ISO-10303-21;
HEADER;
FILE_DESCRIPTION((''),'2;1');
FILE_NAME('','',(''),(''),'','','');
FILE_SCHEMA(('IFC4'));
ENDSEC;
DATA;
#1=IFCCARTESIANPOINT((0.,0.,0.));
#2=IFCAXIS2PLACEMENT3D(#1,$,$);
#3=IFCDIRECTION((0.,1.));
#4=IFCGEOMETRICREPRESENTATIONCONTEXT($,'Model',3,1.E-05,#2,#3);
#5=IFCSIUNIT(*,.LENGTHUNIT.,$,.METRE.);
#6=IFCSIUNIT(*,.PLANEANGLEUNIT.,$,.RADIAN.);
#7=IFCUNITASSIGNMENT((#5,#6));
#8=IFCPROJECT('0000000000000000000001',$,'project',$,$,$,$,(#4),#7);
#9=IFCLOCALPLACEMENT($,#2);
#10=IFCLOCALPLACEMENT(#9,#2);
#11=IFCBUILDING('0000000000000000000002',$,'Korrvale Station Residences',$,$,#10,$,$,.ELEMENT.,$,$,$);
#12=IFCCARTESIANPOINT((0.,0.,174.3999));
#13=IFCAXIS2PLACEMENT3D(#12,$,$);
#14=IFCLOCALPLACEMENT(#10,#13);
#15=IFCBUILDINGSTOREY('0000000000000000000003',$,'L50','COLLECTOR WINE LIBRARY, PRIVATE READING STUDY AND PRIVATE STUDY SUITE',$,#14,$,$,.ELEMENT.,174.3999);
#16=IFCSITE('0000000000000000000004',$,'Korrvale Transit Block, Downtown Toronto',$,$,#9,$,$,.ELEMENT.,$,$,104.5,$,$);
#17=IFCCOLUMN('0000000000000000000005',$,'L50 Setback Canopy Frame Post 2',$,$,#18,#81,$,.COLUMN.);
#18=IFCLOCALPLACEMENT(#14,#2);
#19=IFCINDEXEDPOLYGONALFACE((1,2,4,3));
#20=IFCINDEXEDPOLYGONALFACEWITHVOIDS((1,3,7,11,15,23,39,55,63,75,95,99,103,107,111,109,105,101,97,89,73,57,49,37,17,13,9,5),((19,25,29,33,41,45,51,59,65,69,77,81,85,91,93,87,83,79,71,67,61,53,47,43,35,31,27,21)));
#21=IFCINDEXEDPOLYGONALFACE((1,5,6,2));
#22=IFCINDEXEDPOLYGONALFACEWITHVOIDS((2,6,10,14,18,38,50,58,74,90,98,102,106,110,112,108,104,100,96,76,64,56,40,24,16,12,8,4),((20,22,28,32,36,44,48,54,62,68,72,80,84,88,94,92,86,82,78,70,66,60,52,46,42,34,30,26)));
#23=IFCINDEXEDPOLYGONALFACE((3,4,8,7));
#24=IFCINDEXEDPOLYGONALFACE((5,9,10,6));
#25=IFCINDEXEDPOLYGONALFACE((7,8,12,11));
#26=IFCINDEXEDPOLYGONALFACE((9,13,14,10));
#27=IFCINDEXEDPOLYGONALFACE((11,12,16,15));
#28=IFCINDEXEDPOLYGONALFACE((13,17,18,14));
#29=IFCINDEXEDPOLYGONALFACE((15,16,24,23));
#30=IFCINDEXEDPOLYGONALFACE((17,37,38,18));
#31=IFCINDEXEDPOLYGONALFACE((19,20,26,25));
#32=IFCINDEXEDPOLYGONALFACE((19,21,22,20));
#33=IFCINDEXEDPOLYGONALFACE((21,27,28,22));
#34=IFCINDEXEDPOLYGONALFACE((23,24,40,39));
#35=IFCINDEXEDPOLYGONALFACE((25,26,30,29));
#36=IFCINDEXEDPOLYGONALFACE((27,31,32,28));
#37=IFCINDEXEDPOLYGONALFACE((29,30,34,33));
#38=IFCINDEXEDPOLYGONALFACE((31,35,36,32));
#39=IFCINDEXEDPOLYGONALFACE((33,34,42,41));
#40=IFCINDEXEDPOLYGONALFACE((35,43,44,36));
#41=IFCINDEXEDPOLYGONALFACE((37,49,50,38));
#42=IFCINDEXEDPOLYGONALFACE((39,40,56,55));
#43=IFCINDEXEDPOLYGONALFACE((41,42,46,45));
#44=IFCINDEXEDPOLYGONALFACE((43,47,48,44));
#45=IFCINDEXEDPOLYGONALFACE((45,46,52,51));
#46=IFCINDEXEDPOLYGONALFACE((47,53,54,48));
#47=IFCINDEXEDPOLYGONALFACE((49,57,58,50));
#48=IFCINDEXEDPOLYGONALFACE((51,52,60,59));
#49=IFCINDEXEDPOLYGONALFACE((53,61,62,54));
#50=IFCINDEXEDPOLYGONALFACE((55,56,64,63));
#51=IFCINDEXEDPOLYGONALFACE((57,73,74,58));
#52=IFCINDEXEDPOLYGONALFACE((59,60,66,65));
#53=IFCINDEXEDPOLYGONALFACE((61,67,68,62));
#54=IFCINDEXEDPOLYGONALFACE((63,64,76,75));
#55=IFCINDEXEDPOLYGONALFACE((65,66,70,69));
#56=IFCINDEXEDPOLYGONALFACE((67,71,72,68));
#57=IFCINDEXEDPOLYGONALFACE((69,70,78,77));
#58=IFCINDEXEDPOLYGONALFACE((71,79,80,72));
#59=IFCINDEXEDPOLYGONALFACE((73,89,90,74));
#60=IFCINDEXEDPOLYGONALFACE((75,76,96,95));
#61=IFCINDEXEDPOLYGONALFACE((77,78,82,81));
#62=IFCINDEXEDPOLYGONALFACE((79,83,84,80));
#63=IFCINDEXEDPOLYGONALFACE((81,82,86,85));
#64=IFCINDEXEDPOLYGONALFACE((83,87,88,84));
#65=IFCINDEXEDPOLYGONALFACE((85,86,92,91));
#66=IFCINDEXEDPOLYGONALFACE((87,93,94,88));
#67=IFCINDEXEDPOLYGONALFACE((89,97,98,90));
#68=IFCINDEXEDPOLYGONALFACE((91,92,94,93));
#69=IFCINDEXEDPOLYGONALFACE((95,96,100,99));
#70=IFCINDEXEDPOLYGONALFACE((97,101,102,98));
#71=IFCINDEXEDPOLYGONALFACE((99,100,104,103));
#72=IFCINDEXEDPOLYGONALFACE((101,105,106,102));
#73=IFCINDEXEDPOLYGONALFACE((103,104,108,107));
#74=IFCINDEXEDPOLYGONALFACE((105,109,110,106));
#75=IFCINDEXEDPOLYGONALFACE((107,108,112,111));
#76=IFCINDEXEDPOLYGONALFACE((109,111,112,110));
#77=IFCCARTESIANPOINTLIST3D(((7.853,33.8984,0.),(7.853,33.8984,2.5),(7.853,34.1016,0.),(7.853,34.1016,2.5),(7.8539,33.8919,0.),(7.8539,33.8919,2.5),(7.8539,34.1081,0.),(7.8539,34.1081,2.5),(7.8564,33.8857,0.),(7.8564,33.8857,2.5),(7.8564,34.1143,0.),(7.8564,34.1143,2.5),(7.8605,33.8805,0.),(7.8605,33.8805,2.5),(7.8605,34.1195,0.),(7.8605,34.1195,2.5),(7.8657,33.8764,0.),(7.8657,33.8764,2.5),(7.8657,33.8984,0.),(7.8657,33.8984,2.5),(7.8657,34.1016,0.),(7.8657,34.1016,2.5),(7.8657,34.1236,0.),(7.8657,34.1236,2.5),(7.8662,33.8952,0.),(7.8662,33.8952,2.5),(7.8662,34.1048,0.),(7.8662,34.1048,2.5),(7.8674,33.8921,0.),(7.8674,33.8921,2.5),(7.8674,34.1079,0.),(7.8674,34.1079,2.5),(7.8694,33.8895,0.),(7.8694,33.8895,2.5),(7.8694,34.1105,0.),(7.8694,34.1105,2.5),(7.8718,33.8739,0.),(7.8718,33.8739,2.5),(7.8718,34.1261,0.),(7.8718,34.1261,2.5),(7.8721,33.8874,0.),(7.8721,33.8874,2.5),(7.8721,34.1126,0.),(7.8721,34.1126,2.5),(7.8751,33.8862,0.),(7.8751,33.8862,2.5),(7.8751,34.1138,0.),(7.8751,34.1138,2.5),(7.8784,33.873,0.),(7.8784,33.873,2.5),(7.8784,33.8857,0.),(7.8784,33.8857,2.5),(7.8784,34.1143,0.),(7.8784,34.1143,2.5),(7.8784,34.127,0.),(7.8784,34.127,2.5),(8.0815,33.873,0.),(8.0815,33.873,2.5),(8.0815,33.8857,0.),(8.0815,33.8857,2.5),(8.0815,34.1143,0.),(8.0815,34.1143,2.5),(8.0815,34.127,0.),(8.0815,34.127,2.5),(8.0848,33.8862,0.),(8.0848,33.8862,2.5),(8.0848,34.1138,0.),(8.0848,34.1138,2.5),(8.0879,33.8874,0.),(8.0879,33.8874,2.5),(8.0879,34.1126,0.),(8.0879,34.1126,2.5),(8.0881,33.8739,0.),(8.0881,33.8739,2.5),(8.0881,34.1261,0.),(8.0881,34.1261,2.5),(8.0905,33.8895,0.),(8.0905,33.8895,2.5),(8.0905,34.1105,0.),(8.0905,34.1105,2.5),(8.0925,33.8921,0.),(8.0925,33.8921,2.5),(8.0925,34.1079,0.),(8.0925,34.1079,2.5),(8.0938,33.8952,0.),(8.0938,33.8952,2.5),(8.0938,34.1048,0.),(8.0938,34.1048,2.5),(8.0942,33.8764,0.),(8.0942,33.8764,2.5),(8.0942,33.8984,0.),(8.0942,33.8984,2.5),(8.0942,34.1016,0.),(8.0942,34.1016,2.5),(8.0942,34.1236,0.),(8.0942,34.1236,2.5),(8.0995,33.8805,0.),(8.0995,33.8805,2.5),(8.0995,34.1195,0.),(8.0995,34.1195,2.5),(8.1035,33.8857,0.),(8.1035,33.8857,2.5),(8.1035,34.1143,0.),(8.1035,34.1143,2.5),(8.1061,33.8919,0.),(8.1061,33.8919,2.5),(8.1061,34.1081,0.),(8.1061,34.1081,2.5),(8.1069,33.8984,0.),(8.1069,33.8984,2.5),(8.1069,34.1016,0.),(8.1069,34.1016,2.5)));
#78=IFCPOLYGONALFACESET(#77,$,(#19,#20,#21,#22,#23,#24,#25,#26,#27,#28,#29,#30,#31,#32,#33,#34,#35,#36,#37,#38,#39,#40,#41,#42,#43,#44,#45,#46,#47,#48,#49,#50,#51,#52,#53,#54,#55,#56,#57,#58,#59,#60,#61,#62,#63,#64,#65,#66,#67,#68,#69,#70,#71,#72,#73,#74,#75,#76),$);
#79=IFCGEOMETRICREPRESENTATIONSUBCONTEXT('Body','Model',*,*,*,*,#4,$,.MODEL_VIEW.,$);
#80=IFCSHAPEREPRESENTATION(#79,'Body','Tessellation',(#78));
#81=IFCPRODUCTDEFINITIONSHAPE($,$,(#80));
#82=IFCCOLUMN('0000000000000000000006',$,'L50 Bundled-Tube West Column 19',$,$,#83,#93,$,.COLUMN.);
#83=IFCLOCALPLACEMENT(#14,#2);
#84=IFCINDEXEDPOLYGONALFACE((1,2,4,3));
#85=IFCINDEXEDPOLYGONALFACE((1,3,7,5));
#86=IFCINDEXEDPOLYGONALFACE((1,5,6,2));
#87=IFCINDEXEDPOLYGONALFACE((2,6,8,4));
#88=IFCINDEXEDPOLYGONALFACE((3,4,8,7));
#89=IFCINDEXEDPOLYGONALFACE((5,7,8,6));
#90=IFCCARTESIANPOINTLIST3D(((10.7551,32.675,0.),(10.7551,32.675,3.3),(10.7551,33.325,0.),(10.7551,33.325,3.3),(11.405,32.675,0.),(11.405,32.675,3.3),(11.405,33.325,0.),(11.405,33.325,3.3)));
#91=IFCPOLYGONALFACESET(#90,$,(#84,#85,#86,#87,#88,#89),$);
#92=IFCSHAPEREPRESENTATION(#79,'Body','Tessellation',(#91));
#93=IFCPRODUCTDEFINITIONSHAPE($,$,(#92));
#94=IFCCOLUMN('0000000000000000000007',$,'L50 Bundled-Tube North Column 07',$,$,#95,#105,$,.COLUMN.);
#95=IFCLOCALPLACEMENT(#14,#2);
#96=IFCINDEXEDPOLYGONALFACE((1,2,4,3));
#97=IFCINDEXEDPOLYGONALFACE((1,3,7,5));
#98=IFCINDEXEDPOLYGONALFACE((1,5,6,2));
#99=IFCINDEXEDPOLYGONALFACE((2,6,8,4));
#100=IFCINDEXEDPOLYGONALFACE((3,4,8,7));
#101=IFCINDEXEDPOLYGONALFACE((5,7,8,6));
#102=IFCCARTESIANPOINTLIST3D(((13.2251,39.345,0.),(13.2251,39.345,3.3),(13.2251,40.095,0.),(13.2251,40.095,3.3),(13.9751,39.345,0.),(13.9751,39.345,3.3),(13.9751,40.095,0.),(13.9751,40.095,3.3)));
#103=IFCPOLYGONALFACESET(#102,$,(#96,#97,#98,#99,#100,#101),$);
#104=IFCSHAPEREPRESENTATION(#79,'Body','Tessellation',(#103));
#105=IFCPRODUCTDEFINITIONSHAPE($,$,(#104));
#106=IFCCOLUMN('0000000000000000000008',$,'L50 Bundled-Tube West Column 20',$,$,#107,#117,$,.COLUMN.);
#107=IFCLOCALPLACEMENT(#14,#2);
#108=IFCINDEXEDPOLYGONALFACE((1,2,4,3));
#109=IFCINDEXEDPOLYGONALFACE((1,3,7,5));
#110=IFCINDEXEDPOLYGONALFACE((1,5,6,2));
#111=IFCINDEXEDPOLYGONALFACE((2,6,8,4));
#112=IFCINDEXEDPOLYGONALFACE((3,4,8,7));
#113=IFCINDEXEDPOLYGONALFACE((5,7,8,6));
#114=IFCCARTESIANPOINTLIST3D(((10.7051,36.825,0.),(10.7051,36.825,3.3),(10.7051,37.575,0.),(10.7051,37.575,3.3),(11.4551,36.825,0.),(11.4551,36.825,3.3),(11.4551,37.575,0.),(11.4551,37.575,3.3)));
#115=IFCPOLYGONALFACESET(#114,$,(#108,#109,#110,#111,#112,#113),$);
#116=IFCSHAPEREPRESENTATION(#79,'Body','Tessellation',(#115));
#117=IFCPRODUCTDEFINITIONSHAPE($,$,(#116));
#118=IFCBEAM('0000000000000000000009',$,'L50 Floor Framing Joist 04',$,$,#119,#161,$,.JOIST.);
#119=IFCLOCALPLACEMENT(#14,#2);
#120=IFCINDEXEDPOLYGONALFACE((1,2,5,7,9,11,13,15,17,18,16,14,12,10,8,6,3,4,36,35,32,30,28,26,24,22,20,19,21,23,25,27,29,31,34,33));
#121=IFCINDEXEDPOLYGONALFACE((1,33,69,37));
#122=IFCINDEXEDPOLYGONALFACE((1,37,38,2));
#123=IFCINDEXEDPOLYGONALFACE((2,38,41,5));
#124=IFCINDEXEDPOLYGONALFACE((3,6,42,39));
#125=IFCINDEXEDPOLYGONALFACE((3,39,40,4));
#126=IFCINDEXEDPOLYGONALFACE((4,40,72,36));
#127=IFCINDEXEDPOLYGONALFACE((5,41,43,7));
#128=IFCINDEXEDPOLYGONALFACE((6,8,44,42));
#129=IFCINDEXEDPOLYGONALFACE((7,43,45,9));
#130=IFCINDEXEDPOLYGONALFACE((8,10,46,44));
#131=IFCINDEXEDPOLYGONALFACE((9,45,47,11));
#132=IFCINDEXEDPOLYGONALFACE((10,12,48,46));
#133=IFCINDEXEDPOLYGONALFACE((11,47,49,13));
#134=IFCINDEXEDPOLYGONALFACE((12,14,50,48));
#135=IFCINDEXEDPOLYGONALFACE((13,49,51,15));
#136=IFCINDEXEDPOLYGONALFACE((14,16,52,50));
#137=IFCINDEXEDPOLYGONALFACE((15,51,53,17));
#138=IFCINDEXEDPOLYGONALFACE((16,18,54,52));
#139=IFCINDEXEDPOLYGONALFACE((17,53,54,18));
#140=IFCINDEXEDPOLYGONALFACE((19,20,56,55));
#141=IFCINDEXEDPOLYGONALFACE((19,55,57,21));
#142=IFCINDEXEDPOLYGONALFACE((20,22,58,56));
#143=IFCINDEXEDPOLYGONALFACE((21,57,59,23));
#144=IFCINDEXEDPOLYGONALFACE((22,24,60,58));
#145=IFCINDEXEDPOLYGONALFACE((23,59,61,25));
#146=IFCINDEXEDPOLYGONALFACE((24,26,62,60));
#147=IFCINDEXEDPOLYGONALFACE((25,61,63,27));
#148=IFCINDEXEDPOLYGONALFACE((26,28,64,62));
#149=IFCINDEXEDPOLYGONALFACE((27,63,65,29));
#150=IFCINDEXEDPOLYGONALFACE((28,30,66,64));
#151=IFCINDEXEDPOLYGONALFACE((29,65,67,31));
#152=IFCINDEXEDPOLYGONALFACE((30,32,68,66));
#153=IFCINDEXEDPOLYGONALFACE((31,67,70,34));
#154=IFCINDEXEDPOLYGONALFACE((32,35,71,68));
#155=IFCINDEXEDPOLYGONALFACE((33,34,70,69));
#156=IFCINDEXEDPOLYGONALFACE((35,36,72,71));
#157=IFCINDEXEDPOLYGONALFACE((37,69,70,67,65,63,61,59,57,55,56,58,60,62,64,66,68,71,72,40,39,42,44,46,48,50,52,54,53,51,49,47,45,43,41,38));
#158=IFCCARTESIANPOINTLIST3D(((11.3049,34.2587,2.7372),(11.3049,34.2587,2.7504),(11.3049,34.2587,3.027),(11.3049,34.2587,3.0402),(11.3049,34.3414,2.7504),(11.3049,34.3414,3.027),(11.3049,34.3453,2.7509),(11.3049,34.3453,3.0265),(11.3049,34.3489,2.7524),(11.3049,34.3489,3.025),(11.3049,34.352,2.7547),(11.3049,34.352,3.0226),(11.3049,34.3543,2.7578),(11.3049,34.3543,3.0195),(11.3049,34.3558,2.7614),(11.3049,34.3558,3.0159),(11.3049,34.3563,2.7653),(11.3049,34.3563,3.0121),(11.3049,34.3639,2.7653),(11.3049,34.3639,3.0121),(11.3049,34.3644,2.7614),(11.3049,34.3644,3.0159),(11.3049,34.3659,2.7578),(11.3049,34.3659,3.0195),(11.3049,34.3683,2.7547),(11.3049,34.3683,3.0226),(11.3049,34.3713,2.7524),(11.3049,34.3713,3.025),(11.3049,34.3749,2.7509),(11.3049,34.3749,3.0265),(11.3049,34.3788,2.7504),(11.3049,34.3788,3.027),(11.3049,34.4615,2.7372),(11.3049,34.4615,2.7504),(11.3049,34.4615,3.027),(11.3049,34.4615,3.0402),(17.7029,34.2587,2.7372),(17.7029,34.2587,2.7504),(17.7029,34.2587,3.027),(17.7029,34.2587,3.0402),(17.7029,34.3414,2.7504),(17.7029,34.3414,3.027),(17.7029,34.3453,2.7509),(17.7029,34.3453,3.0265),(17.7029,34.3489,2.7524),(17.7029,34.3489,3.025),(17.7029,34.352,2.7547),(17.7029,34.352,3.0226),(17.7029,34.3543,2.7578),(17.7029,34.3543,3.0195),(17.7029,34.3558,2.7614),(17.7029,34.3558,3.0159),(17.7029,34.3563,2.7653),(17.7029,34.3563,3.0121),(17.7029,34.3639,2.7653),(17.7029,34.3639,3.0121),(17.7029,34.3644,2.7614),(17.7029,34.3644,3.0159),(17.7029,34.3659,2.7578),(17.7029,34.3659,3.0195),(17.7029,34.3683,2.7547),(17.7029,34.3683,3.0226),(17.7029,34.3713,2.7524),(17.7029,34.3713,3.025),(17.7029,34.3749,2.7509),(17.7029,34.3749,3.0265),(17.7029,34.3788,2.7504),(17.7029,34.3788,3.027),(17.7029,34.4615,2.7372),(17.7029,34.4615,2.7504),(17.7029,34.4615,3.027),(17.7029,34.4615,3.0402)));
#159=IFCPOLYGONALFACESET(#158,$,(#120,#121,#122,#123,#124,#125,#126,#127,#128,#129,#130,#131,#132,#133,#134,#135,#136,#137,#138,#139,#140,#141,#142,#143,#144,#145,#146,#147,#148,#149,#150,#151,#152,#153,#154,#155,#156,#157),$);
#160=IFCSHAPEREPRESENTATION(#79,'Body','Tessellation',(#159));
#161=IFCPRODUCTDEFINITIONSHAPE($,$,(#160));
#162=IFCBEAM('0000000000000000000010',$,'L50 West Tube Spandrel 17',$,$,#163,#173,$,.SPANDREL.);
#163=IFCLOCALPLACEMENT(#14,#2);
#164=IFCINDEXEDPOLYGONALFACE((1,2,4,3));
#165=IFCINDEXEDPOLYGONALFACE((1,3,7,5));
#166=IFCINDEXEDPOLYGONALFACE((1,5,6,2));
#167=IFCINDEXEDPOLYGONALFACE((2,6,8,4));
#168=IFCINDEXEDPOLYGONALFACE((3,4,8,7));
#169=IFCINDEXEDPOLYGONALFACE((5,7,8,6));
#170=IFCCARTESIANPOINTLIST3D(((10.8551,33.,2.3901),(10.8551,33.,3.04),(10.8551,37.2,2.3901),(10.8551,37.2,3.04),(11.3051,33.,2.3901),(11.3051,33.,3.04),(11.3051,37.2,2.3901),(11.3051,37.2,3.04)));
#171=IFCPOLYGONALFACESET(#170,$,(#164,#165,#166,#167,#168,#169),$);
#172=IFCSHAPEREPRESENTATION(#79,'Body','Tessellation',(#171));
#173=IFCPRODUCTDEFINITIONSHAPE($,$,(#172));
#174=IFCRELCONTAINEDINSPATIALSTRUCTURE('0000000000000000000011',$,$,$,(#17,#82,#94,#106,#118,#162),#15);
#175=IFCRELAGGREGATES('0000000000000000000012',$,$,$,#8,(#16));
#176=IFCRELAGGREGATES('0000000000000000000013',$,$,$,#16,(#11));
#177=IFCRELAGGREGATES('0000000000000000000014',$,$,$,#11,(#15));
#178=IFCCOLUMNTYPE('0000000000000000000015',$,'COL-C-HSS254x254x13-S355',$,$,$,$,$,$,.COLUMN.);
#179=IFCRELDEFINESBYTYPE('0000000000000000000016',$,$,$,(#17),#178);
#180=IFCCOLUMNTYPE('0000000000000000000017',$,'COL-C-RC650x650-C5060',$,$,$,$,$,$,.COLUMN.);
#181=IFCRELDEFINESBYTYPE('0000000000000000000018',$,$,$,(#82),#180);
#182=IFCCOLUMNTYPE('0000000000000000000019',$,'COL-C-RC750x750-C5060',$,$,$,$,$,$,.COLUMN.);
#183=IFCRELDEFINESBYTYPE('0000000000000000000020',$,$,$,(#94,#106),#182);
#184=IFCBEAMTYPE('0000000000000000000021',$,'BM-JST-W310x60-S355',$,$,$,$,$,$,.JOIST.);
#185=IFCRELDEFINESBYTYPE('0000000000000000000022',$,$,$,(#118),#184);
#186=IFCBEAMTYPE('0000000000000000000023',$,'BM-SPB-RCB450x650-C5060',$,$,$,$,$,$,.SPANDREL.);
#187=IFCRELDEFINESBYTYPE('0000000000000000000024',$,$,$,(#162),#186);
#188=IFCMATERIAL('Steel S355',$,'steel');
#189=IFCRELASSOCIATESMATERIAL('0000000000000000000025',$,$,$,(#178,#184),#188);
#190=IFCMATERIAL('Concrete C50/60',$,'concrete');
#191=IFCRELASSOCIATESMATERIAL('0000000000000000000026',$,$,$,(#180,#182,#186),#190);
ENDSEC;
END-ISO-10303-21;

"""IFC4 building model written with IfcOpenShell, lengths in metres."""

from ifc_helpers import new_model, si_unit, direction, frame, origin, origin_2d, place, context, subcontext, project, spatial, rectangle, hollow_rectangle, i_section, extrude, material, material_profile, profile_set, type_object, element, save


model = new_model("IFC4")

# Units and contexts
model_context = context("Model", 3, precision=1e-05, world=origin(), true_north=direction((0.0, 1.0)))
body_context = subcontext(model_context, "Body", "Model", "MODEL_VIEW")
ifc_project = project(units=[si_unit("LENGTHUNIT", "METRE"), si_unit("PLANEANGLEUNIT", "RADIAN")], contexts=[model_context])

# Site, building, storey
site_placement = place(None, origin())
site = spatial("IfcSite", under=ifc_project, at=site_placement, Name="Korrvale Transit Block, Downtown Toronto", CompositionType="ELEMENT", RefElevation=104.5)
building_placement = place(site_placement, origin())
building = spatial("IfcBuilding", under=site, at=building_placement, Name="Korrvale Station Residences", CompositionType="ELEMENT")
storey_placement = place(building_placement, frame((0.0, 0.0, 174.3999)))
storey = spatial("IfcBuildingStorey", under=building, at=storey_placement, Name="L50", Description="COLLECTOR WINE LIBRARY, PRIVATE READING STUDY AND PRIVATE STUDY SUITE", CompositionType="ELEMENT", Elevation=174.3999)

# Columns
ifc_material_1 = material(Name="Steel S355", Category="steel")
ifc_material_profile_1 = material_profile(ifc_material_1, hollow_rectangle(XDim=0.2539, YDim=0.2539, WallThickness=0.0127, InnerFilletRadius=0.0127, OuterFilletRadius=0.0254, at=origin_2d()), Name="HSS254x254x13")
ifc_profile_set_1 = profile_set([ifc_material_profile_1], Name="Steel S355")
column_type_1 = type_object("IfcColumnType", Name="COL-C-HSS254x254x13-S355", PredefinedType="COLUMN", material=ifc_profile_set_1)
column_1_placement = place(storey_placement, frame((7.98, 34.0, 0.0), z_axis=(0.0, 0.0, 1.0), x_axis=(1.0, 0.0, 0.0)))
element("IfcColumn", 1, at=column_1_placement, inside=storey, type_object=column_type_1, Name="L50 Setback Canopy Frame Post 2", PredefinedType="COLUMN", context=body_context, shape_type="SweptSolid", body=[
    extrude(hollow_rectangle(XDim=0.2539, YDim=0.2539, WallThickness=0.0127, InnerFilletRadius=0.0127, OuterFilletRadius=0.0254, at=origin_2d()), origin(), (0.0, 0.0, 1.0), 2.5),
])
ifc_material_2 = material(Name="Concrete C50/60", Category="concrete")
ifc_material_profile_2 = material_profile(ifc_material_2, rectangle(XDim=0.6499, YDim=0.6499, at=origin_2d()), Name="RC650x650")
ifc_profile_set_2 = profile_set([ifc_material_profile_2], Name="Concrete C50/60")
column_type_2 = type_object("IfcColumnType", Name="COL-C-RC650x650-C5060", PredefinedType="COLUMN", material=ifc_profile_set_2)
column_2_placement = place(storey_placement, frame((11.0801, 33.0, 0.0), z_axis=(0.0, 0.0, 1.0), x_axis=(1.0, 0.0, 0.0)))
element("IfcColumn", 2, at=column_2_placement, inside=storey, type_object=column_type_2, Name="L50 Bundled-Tube West Column 19", PredefinedType="COLUMN", context=body_context, shape_type="SweptSolid", body=[
    extrude(rectangle(XDim=0.6499, YDim=0.6499, at=origin_2d()), origin(), (0.0, 0.0, 1.0), 3.3),
])
ifc_material_profile_3 = material_profile(ifc_material_2, rectangle(XDim=0.75, YDim=0.75, at=origin_2d()), Name="RC750x750")
ifc_profile_set_3 = profile_set([ifc_material_profile_3], Name="Concrete C50/60")
column_type_3 = type_object("IfcColumnType", Name="COL-C-RC750x750-C5060", PredefinedType="COLUMN", material=ifc_profile_set_3)
for number, where, z_axis, x_axis, name in (
    (3, (13.6001, 39.72, 0.0), (0.0, 0.0, 1.0), (1.0, 0.0, 0.0), "L50 Bundled-Tube North Column 07"),
    (4, (11.0801, 37.2, 0.0), (0.0, 0.0, 1.0), (1.0, 0.0, 0.0), "L50 Bundled-Tube West Column 20"),
):
    element("IfcColumn", number, at=place(storey_placement, frame(where, z_axis=z_axis, x_axis=x_axis)), inside=storey, type_object=column_type_3, Name=name, PredefinedType="COLUMN", context=body_context, shape_type="SweptSolid", body=[
        extrude(rectangle(XDim=0.75, YDim=0.75, at=origin_2d()), origin(), (0.0, 0.0, 1.0), 3.3),
    ])

# Beams
ifc_material_profile_4 = material_profile(ifc_material_1, i_section(OverallWidth=0.2029, OverallDepth=0.303, WebThickness=0.0076, FlangeThickness=0.0132, FilletRadius=0.0149, at=origin_2d()), Name="W310x60")
ifc_profile_set_4 = profile_set([ifc_material_profile_4], Name="Steel S355")
beam_type_1 = type_object("IfcBeamType", Name="BM-JST-W310x60-S355", PredefinedType="JOIST", material=ifc_profile_set_4)
beam_1_placement = place(storey_placement, frame((11.3049, 34.3601, 2.8887), z_axis=(1.0, 0.0, 0.0), x_axis=(0.0, 1.0, 0.0)))
element("IfcBeam", 5, at=beam_1_placement, inside=storey, type_object=beam_type_1, Name="L50 Floor Framing Joist 04", PredefinedType="JOIST", context=body_context, shape_type="SweptSolid", body=[
    extrude(i_section(OverallWidth=0.2029, OverallDepth=0.303, WebThickness=0.0076, FlangeThickness=0.0132, FilletRadius=0.0149, at=origin_2d()), origin(), (0.0, 0.0, 1.0), 6.3979),
])
ifc_material_profile_5 = material_profile(ifc_material_2, rectangle(XDim=0.45, YDim=0.6499, at=origin_2d()), Name="RCB450x650")
ifc_profile_set_5 = profile_set([ifc_material_profile_5], Name="Concrete C50/60")
beam_type_2 = type_object("IfcBeamType", Name="BM-SPB-RCB450x650-C5060", PredefinedType="SPANDREL", material=ifc_profile_set_5)
beam_2_placement = place(storey_placement, frame((11.0801, 33.0, 2.7151), z_axis=(0.0, 1.0, 0.0), x_axis=(-1.0, 0.0, 0.0)))
element("IfcBeam", 6, at=beam_2_placement, inside=storey, type_object=beam_type_2, Name="L50 West Tube Spandrel 17", PredefinedType="SPANDREL", context=body_context, shape_type="SweptSolid", body=[
    extrude(rectangle(XDim=0.45, YDim=0.6499, at=origin_2d()), origin(), (0.0, 0.0, 1.0), 4.2),
])

save(model, "model.ifc")
